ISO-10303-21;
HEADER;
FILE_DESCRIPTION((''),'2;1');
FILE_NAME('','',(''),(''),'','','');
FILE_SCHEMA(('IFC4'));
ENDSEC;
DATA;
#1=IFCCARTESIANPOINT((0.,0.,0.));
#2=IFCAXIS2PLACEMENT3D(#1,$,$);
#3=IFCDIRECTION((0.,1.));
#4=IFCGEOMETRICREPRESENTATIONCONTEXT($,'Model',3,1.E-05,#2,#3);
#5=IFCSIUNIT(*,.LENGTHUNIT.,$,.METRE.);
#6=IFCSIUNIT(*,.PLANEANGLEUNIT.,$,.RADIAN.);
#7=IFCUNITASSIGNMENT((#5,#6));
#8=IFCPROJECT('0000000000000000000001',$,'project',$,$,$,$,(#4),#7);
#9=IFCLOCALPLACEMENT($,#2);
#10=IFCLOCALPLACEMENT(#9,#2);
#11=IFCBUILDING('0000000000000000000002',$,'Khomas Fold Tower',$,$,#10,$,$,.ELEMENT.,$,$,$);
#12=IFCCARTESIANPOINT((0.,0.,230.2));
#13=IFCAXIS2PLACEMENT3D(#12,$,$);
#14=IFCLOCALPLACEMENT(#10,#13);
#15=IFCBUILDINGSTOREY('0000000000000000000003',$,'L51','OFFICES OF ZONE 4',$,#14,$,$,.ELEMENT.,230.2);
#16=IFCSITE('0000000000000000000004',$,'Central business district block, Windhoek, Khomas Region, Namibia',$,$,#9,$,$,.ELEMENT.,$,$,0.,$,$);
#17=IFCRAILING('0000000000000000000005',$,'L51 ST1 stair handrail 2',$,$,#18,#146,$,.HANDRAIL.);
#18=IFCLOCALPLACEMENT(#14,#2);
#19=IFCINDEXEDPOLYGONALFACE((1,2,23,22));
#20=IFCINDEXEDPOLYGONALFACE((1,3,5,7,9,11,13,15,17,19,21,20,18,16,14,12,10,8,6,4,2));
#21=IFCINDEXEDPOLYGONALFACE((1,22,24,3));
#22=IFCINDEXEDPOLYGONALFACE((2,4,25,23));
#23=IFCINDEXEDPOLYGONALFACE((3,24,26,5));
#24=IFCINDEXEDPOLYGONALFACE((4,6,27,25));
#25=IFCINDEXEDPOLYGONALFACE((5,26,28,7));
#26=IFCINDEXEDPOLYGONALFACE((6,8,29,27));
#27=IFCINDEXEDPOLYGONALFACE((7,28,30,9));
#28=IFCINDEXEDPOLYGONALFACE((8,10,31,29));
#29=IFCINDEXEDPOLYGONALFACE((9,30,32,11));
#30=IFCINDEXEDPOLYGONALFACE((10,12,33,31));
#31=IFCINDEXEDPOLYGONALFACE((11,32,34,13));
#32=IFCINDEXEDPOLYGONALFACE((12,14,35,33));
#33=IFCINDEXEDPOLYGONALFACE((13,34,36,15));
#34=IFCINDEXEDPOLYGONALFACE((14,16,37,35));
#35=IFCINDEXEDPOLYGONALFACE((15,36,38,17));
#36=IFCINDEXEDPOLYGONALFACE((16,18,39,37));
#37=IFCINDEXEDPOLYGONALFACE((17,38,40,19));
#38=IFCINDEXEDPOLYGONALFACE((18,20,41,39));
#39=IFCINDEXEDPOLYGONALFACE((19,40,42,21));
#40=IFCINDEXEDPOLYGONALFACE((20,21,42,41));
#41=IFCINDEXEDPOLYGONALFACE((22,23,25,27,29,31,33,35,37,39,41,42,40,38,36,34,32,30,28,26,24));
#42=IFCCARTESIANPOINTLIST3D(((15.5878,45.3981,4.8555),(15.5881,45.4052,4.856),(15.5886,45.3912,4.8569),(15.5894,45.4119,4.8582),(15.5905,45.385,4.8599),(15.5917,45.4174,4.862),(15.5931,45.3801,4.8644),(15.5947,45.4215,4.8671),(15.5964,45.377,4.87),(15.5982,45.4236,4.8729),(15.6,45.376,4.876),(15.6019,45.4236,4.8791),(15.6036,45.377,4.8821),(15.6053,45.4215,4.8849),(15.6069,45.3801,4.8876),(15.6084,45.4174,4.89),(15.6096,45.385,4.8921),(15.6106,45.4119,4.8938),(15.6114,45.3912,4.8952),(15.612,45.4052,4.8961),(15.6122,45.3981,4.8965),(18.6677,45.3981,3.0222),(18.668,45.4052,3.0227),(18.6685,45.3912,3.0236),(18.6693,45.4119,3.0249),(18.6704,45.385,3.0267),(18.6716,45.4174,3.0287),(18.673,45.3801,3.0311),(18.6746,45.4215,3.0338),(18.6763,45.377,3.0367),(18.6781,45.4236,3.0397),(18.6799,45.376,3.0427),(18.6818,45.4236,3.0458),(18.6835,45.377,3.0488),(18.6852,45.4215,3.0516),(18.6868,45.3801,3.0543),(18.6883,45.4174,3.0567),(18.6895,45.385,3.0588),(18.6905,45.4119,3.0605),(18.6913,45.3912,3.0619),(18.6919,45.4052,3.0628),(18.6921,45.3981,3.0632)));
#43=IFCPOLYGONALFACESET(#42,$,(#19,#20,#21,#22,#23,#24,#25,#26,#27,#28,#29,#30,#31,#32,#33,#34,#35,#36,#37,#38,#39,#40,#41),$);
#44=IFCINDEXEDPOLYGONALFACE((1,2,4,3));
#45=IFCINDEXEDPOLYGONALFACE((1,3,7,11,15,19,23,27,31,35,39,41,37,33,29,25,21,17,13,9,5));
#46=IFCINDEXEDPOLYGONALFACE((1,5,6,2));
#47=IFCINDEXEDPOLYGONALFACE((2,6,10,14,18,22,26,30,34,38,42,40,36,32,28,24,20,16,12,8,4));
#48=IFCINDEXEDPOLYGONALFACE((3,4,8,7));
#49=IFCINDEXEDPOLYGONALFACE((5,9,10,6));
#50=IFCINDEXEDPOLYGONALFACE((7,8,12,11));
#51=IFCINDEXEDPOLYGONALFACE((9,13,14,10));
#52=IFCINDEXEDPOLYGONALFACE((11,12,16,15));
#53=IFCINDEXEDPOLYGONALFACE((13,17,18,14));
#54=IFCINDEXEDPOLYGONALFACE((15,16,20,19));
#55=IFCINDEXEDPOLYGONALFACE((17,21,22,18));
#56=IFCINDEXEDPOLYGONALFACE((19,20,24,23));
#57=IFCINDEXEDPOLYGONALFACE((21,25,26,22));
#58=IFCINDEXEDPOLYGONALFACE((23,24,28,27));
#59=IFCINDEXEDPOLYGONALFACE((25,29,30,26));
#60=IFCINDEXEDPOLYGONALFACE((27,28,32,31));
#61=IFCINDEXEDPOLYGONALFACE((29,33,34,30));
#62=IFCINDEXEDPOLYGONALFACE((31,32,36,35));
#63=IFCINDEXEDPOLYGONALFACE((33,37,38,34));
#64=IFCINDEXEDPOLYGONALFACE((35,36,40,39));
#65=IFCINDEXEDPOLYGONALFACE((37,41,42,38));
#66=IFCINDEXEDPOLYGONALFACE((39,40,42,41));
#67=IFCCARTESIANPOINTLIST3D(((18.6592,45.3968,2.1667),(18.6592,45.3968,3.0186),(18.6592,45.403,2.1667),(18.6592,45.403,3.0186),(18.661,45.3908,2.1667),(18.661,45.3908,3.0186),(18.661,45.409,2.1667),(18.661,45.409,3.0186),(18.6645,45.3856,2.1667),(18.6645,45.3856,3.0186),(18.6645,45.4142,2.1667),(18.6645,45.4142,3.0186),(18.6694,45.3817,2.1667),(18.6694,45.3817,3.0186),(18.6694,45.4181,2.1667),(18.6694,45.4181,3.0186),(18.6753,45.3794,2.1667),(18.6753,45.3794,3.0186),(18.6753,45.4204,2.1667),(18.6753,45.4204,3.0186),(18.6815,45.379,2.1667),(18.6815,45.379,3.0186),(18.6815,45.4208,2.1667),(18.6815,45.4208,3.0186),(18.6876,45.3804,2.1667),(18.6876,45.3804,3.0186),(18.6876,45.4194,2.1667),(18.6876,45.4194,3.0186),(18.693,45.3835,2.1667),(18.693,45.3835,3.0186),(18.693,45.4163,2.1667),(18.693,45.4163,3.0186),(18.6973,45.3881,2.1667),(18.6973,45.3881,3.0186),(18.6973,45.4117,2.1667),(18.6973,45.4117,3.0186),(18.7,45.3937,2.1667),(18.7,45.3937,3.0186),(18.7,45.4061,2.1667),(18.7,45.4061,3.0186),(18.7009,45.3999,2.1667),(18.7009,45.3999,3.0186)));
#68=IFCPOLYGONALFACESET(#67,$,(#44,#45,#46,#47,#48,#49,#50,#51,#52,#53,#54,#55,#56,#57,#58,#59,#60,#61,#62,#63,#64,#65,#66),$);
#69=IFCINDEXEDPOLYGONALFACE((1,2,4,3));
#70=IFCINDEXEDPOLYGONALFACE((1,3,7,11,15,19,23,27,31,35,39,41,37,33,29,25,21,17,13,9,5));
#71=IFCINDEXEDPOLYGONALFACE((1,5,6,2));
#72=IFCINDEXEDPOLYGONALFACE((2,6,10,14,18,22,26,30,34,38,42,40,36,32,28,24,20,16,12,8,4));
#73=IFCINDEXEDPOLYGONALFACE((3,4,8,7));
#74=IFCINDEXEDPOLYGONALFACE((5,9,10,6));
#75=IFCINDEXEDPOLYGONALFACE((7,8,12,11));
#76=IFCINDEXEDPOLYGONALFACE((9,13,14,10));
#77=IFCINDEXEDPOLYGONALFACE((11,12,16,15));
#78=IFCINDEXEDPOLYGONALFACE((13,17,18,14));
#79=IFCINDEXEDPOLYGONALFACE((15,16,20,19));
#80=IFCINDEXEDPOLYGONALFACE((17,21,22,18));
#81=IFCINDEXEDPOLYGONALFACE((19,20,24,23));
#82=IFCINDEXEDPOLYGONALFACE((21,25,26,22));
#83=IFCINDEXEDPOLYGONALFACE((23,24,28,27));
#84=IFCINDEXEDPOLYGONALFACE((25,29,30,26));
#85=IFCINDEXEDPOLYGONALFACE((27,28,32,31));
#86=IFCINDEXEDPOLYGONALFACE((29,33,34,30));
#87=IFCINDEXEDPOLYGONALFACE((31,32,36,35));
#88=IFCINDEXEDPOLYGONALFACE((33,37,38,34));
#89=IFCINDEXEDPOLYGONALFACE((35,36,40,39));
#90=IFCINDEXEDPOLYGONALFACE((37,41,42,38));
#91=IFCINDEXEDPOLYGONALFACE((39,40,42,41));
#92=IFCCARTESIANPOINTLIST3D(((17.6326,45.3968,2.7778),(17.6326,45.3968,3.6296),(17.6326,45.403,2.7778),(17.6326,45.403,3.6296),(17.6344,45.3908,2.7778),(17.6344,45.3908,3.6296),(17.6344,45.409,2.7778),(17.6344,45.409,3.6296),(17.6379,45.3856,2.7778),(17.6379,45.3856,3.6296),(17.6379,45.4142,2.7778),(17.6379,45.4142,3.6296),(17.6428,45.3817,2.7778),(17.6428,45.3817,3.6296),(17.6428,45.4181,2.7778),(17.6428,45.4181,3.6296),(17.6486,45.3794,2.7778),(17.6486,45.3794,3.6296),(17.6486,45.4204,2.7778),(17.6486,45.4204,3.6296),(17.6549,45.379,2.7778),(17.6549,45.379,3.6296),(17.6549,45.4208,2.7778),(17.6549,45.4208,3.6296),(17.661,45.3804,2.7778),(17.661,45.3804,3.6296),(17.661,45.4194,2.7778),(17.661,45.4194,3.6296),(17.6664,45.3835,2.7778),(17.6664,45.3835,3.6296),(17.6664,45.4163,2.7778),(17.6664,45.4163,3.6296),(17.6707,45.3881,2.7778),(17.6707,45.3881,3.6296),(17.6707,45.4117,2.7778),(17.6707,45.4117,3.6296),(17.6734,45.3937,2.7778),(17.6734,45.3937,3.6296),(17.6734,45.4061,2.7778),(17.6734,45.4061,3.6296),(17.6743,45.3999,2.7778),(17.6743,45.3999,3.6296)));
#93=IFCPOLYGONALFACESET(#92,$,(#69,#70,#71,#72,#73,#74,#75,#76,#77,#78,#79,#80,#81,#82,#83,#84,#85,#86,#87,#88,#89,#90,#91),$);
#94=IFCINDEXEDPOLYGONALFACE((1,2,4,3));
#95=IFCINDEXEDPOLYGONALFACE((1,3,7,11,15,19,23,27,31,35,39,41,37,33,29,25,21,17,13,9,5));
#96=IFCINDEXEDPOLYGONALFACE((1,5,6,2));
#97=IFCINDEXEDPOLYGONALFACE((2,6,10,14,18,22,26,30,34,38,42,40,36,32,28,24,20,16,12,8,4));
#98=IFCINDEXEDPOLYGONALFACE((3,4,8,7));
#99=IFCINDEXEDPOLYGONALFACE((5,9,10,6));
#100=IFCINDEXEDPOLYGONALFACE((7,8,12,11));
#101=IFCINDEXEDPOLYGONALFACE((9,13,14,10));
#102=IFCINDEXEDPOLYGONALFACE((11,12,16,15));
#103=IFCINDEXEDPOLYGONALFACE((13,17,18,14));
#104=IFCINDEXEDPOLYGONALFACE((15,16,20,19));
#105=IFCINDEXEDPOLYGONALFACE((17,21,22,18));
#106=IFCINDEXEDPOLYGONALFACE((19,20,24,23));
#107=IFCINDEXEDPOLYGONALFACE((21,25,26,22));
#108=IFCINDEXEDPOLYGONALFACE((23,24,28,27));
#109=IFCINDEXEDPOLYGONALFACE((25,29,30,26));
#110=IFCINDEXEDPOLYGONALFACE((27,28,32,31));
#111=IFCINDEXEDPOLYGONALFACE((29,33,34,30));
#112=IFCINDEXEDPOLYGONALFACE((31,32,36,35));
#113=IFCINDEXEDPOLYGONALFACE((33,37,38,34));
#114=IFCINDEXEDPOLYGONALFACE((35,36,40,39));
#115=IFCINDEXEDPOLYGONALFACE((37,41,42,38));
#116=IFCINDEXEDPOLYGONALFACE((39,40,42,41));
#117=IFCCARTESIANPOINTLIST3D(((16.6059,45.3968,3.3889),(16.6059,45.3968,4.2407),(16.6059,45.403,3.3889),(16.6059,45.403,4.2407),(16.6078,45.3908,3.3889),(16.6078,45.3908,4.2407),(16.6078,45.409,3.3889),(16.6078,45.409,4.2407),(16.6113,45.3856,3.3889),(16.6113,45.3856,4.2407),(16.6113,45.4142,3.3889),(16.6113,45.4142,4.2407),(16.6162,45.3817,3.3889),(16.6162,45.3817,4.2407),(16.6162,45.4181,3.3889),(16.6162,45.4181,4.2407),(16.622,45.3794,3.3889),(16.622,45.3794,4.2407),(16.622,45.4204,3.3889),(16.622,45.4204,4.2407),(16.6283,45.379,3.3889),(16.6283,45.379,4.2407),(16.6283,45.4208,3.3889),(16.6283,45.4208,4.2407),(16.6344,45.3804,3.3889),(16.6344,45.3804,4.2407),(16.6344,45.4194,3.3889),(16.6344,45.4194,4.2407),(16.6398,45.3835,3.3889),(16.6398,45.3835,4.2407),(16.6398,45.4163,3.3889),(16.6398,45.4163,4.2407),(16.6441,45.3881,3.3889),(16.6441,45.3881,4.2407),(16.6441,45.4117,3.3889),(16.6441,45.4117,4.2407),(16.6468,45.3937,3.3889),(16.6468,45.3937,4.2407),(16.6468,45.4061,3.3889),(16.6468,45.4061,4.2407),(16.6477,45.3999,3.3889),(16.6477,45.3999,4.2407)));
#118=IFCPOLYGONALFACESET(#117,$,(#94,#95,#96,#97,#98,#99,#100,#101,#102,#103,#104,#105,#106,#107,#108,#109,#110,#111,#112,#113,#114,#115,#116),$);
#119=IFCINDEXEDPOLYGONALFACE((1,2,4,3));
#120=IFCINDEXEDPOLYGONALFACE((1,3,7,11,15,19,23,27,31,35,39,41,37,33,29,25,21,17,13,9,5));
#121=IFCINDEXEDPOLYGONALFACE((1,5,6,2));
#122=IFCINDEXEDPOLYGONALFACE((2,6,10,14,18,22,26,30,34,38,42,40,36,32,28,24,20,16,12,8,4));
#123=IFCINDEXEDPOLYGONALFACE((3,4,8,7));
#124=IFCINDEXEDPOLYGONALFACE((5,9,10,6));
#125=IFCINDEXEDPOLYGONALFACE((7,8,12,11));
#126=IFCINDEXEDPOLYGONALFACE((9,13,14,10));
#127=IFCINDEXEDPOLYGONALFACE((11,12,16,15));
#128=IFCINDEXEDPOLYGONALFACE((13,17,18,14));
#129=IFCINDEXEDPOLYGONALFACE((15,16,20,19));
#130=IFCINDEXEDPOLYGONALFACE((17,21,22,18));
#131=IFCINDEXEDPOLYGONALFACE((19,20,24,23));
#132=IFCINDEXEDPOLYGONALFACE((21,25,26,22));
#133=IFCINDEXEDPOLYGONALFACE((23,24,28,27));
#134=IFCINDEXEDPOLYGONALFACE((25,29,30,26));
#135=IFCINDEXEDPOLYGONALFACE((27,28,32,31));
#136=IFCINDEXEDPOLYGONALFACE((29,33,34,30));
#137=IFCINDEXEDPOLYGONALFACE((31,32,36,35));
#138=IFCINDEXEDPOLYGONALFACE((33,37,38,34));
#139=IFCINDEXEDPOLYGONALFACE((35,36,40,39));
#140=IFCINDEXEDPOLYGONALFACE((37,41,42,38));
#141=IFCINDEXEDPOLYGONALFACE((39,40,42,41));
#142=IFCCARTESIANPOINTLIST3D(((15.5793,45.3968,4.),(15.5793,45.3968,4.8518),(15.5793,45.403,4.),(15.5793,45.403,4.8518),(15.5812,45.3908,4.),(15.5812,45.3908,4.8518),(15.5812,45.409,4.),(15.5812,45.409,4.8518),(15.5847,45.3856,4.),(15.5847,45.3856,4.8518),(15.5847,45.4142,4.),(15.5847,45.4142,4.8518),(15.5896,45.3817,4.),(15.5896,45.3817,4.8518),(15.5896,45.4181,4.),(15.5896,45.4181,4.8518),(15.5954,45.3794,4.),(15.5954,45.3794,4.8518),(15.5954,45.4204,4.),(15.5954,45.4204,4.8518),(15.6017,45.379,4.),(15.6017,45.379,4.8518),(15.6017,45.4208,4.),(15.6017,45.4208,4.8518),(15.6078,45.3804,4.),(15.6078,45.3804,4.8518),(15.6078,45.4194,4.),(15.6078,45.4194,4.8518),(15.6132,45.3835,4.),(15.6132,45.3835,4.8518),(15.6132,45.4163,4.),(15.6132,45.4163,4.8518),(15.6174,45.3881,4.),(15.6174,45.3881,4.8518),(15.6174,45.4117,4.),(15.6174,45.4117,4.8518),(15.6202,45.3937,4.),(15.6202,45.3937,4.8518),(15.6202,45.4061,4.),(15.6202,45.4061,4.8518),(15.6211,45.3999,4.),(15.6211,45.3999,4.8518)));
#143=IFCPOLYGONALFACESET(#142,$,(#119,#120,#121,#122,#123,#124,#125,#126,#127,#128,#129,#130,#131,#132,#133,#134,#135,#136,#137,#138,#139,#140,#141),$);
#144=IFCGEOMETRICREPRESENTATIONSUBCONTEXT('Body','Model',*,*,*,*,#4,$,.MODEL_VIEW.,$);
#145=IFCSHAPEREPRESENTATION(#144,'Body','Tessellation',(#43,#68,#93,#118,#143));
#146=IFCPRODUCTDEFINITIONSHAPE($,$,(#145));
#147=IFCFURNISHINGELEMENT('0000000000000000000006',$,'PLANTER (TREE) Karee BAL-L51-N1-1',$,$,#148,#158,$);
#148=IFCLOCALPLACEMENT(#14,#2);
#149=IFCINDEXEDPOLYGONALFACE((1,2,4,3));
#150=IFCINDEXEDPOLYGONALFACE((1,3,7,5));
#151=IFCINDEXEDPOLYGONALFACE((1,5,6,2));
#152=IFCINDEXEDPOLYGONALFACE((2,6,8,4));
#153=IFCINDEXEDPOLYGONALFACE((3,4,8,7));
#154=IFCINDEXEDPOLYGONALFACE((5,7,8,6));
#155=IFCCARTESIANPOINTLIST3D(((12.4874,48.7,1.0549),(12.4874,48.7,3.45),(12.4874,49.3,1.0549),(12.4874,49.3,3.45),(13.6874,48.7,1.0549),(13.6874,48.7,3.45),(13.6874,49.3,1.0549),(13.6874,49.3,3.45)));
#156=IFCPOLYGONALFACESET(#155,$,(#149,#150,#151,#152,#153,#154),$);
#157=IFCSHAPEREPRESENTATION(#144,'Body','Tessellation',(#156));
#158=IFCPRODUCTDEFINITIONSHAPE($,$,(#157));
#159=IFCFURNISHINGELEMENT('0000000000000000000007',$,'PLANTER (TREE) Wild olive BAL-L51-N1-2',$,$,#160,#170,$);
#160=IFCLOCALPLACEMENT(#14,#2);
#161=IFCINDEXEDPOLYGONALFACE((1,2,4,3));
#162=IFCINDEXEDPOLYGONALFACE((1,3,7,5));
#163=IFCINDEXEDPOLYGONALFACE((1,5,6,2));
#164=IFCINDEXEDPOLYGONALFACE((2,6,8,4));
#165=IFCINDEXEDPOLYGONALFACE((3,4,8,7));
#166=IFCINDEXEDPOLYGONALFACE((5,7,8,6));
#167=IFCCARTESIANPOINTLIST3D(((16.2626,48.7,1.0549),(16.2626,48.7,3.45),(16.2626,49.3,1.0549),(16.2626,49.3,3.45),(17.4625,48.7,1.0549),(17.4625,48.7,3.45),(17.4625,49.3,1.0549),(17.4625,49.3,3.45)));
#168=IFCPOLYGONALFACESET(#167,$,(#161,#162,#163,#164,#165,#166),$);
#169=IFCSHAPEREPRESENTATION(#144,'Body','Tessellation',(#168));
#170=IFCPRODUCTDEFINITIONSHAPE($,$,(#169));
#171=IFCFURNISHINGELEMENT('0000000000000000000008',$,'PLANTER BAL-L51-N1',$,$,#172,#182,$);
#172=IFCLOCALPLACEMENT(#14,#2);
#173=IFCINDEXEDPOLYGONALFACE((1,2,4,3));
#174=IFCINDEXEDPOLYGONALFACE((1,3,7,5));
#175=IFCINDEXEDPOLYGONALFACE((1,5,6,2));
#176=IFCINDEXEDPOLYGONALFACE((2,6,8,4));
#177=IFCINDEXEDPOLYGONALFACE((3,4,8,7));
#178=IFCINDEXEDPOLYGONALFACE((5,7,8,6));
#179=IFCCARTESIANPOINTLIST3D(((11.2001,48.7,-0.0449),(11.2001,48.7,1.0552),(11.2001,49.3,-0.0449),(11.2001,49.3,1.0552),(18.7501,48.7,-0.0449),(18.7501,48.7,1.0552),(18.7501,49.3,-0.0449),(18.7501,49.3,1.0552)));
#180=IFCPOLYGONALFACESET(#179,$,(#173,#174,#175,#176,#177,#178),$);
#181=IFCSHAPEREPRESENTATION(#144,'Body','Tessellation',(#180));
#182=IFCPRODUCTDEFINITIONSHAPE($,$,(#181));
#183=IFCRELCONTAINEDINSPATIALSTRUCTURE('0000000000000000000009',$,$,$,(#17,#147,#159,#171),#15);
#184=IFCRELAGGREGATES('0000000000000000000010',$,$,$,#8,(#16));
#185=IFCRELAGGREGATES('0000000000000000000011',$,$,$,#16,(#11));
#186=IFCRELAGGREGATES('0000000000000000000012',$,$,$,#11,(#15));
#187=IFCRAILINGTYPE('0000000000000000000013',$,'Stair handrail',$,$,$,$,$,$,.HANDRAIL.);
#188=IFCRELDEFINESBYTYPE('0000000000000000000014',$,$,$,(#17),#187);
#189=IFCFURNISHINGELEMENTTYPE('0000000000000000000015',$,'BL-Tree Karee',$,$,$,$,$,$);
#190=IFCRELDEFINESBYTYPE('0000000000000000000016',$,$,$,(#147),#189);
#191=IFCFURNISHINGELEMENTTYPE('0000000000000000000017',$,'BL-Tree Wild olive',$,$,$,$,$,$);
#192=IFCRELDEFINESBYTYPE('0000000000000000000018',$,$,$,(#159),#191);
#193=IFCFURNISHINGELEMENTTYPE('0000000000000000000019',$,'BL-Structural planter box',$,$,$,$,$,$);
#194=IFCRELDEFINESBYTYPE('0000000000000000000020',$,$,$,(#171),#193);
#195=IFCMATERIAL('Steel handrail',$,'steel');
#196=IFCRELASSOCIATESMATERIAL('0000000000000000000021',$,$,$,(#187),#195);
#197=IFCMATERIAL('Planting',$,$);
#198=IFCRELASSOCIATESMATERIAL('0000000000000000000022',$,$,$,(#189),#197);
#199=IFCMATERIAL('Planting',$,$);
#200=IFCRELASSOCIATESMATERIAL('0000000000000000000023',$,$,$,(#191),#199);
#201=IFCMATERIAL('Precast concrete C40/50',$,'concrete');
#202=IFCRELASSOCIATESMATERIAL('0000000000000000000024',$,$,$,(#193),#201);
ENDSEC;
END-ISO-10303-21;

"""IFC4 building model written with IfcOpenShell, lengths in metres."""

from ifc_helpers import new_model, si_unit, direction, frame, origin, origin_2d, place, context, subcontext, project, spatial, rectangle, circle, extrude, source, transform, mapped, material, type_object, element, save


model = new_model("IFC4")

# Units and contexts
model_context = context("Model", 3, precision=1e-05, world=origin(), true_north=direction((0.0, 1.0)))
body_context = subcontext(model_context, "Body", "Model", "MODEL_VIEW")
ifc_project = project(units=[si_unit("LENGTHUNIT", "METRE"), si_unit("PLANEANGLEUNIT", "RADIAN")], contexts=[model_context])

# Site, building, storey
site_placement = place(None, origin())
site = spatial("IfcSite", under=ifc_project, at=site_placement, Name="Central business district block, Windhoek, Khomas Region, Namibia", CompositionType="ELEMENT", RefElevation=0.0)
building_placement = place(site_placement, origin())
building = spatial("IfcBuilding", under=site, at=building_placement, Name="Khomas Fold Tower", CompositionType="ELEMENT")
storey_placement = place(building_placement, frame((0.0, 0.0, 230.2)))
storey = spatial("IfcBuildingStorey", under=building, at=storey_placement, Name="L51", Description="OFFICES OF ZONE 4", CompositionType="ELEMENT", Elevation=230.2)

# Railing
ifc_material_1 = material(Name="Steel handrail", Category="steel")
railing_type_1 = type_object("IfcRailingType", Name="Stair handrail", PredefinedType="HANDRAIL", material=ifc_material_1)
shared_shape_1 = source(origin(), body_context, "Body", "SweptSolid", [
    extrude(circle(Radius=0.0239, at=origin_2d()), frame((0.0, 0.0, 0.876), z_axis=(-0.859291, 0.0, 0.511487), x_axis=(0.0, -1.0, 0.0)), (0.0, 0.0, 1.0), 3.5842),
    extrude(circle(Radius=0.021, at=origin_2d()), origin(), (0.0, 0.0, 1.0), 0.8518),
    extrude(circle(Radius=0.021, at=origin_2d()), frame((-1.0266, 0.0, 0.6111)), (0.0, 0.0, 1.0), 0.8518),
    extrude(circle(Radius=0.021, at=origin_2d()), frame((-2.0532, 0.0, 1.2222)), (0.0, 0.0, 1.0), 0.8518),
    extrude(circle(Radius=0.021, at=origin_2d()), frame((-3.0798, 0.0, 1.8333)), (0.0, 0.0, 1.0), 0.8518),
])
railing_1_placement = place(storey_placement, frame((18.6799, 45.3999, 2.1667)))
element("IfcRailing", 1, at=railing_1_placement, inside=storey, type_object=railing_type_1, Name="L51 ST1 stair handrail 2", PredefinedType="HANDRAIL", context=body_context, shape_type="MappedRepresentation", body=[
    mapped(shared_shape_1, transform((0.0, 0.0, 0.0))),
])

# Furnishing elements
ifc_material_2 = material(Name="Planting")
furnishing_element_type_1 = type_object("IfcFurnishingElementType", Name="BL-Tree Karee", material=ifc_material_2)
shared_shape_2 = source(origin(), body_context, "Body", "SweptSolid", [
    extrude(rectangle(XDim=1.2, YDim=0.6001, at=origin_2d()), origin(), (0.0, 0.0, 1.0), 2.395),
])
furnishing_1_placement = place(storey_placement, frame((13.0874, 49.0, 1.0549), z_axis=(0.0, 0.0, 1.0), x_axis=(1.0, 0.0, 0.0)))
element("IfcFurnishingElement", 2, at=furnishing_1_placement, inside=storey, type_object=furnishing_element_type_1, Name="PLANTER (TREE) Karee BAL-L51-N1-1", context=body_context, shape_type="MappedRepresentation", body=[
    mapped(shared_shape_2, transform((0.0, 0.0, 0.0))),
])
ifc_material_3 = material(Name="Planting")
furnishing_element_type_2 = type_object("IfcFurnishingElementType", Name="BL-Tree Wild olive", material=ifc_material_3)
furnishing_2_placement = place(storey_placement, frame((16.8625, 49.0, 1.0549), z_axis=(0.0, 0.0, 1.0), x_axis=(1.0, 0.0, 0.0)))
element("IfcFurnishingElement", 3, at=furnishing_2_placement, inside=storey, type_object=furnishing_element_type_2, Name="PLANTER (TREE) Wild olive BAL-L51-N1-2", context=body_context, shape_type="MappedRepresentation", body=[
    mapped(shared_shape_2, transform((0.0, 0.0, 0.0))),
])
ifc_material_4 = material(Name="Precast concrete C40/50", Category="concrete")
furnishing_element_type_3 = type_object("IfcFurnishingElementType", Name="BL-Structural planter box", material=ifc_material_4)
shared_shape_3 = source(origin(), body_context, "Body", "SweptSolid", [
    extrude(rectangle(XDim=7.55, YDim=0.6001, at=origin_2d()), origin(), (0.0, 0.0, 1.0), 1.1001),
])
furnishing_3_placement = place(storey_placement, frame((14.9751, 49.0, -0.0449), z_axis=(0.0, 0.0, 1.0), x_axis=(1.0, 0.0, 0.0)))
element("IfcFurnishingElement", 4, at=furnishing_3_placement, inside=storey, type_object=furnishing_element_type_3, Name="PLANTER BAL-L51-N1", context=body_context, shape_type="MappedRepresentation", body=[
    mapped(shared_shape_3, transform((0.0, 0.0, 0.0))),
])

save(model, "model.ifc")
